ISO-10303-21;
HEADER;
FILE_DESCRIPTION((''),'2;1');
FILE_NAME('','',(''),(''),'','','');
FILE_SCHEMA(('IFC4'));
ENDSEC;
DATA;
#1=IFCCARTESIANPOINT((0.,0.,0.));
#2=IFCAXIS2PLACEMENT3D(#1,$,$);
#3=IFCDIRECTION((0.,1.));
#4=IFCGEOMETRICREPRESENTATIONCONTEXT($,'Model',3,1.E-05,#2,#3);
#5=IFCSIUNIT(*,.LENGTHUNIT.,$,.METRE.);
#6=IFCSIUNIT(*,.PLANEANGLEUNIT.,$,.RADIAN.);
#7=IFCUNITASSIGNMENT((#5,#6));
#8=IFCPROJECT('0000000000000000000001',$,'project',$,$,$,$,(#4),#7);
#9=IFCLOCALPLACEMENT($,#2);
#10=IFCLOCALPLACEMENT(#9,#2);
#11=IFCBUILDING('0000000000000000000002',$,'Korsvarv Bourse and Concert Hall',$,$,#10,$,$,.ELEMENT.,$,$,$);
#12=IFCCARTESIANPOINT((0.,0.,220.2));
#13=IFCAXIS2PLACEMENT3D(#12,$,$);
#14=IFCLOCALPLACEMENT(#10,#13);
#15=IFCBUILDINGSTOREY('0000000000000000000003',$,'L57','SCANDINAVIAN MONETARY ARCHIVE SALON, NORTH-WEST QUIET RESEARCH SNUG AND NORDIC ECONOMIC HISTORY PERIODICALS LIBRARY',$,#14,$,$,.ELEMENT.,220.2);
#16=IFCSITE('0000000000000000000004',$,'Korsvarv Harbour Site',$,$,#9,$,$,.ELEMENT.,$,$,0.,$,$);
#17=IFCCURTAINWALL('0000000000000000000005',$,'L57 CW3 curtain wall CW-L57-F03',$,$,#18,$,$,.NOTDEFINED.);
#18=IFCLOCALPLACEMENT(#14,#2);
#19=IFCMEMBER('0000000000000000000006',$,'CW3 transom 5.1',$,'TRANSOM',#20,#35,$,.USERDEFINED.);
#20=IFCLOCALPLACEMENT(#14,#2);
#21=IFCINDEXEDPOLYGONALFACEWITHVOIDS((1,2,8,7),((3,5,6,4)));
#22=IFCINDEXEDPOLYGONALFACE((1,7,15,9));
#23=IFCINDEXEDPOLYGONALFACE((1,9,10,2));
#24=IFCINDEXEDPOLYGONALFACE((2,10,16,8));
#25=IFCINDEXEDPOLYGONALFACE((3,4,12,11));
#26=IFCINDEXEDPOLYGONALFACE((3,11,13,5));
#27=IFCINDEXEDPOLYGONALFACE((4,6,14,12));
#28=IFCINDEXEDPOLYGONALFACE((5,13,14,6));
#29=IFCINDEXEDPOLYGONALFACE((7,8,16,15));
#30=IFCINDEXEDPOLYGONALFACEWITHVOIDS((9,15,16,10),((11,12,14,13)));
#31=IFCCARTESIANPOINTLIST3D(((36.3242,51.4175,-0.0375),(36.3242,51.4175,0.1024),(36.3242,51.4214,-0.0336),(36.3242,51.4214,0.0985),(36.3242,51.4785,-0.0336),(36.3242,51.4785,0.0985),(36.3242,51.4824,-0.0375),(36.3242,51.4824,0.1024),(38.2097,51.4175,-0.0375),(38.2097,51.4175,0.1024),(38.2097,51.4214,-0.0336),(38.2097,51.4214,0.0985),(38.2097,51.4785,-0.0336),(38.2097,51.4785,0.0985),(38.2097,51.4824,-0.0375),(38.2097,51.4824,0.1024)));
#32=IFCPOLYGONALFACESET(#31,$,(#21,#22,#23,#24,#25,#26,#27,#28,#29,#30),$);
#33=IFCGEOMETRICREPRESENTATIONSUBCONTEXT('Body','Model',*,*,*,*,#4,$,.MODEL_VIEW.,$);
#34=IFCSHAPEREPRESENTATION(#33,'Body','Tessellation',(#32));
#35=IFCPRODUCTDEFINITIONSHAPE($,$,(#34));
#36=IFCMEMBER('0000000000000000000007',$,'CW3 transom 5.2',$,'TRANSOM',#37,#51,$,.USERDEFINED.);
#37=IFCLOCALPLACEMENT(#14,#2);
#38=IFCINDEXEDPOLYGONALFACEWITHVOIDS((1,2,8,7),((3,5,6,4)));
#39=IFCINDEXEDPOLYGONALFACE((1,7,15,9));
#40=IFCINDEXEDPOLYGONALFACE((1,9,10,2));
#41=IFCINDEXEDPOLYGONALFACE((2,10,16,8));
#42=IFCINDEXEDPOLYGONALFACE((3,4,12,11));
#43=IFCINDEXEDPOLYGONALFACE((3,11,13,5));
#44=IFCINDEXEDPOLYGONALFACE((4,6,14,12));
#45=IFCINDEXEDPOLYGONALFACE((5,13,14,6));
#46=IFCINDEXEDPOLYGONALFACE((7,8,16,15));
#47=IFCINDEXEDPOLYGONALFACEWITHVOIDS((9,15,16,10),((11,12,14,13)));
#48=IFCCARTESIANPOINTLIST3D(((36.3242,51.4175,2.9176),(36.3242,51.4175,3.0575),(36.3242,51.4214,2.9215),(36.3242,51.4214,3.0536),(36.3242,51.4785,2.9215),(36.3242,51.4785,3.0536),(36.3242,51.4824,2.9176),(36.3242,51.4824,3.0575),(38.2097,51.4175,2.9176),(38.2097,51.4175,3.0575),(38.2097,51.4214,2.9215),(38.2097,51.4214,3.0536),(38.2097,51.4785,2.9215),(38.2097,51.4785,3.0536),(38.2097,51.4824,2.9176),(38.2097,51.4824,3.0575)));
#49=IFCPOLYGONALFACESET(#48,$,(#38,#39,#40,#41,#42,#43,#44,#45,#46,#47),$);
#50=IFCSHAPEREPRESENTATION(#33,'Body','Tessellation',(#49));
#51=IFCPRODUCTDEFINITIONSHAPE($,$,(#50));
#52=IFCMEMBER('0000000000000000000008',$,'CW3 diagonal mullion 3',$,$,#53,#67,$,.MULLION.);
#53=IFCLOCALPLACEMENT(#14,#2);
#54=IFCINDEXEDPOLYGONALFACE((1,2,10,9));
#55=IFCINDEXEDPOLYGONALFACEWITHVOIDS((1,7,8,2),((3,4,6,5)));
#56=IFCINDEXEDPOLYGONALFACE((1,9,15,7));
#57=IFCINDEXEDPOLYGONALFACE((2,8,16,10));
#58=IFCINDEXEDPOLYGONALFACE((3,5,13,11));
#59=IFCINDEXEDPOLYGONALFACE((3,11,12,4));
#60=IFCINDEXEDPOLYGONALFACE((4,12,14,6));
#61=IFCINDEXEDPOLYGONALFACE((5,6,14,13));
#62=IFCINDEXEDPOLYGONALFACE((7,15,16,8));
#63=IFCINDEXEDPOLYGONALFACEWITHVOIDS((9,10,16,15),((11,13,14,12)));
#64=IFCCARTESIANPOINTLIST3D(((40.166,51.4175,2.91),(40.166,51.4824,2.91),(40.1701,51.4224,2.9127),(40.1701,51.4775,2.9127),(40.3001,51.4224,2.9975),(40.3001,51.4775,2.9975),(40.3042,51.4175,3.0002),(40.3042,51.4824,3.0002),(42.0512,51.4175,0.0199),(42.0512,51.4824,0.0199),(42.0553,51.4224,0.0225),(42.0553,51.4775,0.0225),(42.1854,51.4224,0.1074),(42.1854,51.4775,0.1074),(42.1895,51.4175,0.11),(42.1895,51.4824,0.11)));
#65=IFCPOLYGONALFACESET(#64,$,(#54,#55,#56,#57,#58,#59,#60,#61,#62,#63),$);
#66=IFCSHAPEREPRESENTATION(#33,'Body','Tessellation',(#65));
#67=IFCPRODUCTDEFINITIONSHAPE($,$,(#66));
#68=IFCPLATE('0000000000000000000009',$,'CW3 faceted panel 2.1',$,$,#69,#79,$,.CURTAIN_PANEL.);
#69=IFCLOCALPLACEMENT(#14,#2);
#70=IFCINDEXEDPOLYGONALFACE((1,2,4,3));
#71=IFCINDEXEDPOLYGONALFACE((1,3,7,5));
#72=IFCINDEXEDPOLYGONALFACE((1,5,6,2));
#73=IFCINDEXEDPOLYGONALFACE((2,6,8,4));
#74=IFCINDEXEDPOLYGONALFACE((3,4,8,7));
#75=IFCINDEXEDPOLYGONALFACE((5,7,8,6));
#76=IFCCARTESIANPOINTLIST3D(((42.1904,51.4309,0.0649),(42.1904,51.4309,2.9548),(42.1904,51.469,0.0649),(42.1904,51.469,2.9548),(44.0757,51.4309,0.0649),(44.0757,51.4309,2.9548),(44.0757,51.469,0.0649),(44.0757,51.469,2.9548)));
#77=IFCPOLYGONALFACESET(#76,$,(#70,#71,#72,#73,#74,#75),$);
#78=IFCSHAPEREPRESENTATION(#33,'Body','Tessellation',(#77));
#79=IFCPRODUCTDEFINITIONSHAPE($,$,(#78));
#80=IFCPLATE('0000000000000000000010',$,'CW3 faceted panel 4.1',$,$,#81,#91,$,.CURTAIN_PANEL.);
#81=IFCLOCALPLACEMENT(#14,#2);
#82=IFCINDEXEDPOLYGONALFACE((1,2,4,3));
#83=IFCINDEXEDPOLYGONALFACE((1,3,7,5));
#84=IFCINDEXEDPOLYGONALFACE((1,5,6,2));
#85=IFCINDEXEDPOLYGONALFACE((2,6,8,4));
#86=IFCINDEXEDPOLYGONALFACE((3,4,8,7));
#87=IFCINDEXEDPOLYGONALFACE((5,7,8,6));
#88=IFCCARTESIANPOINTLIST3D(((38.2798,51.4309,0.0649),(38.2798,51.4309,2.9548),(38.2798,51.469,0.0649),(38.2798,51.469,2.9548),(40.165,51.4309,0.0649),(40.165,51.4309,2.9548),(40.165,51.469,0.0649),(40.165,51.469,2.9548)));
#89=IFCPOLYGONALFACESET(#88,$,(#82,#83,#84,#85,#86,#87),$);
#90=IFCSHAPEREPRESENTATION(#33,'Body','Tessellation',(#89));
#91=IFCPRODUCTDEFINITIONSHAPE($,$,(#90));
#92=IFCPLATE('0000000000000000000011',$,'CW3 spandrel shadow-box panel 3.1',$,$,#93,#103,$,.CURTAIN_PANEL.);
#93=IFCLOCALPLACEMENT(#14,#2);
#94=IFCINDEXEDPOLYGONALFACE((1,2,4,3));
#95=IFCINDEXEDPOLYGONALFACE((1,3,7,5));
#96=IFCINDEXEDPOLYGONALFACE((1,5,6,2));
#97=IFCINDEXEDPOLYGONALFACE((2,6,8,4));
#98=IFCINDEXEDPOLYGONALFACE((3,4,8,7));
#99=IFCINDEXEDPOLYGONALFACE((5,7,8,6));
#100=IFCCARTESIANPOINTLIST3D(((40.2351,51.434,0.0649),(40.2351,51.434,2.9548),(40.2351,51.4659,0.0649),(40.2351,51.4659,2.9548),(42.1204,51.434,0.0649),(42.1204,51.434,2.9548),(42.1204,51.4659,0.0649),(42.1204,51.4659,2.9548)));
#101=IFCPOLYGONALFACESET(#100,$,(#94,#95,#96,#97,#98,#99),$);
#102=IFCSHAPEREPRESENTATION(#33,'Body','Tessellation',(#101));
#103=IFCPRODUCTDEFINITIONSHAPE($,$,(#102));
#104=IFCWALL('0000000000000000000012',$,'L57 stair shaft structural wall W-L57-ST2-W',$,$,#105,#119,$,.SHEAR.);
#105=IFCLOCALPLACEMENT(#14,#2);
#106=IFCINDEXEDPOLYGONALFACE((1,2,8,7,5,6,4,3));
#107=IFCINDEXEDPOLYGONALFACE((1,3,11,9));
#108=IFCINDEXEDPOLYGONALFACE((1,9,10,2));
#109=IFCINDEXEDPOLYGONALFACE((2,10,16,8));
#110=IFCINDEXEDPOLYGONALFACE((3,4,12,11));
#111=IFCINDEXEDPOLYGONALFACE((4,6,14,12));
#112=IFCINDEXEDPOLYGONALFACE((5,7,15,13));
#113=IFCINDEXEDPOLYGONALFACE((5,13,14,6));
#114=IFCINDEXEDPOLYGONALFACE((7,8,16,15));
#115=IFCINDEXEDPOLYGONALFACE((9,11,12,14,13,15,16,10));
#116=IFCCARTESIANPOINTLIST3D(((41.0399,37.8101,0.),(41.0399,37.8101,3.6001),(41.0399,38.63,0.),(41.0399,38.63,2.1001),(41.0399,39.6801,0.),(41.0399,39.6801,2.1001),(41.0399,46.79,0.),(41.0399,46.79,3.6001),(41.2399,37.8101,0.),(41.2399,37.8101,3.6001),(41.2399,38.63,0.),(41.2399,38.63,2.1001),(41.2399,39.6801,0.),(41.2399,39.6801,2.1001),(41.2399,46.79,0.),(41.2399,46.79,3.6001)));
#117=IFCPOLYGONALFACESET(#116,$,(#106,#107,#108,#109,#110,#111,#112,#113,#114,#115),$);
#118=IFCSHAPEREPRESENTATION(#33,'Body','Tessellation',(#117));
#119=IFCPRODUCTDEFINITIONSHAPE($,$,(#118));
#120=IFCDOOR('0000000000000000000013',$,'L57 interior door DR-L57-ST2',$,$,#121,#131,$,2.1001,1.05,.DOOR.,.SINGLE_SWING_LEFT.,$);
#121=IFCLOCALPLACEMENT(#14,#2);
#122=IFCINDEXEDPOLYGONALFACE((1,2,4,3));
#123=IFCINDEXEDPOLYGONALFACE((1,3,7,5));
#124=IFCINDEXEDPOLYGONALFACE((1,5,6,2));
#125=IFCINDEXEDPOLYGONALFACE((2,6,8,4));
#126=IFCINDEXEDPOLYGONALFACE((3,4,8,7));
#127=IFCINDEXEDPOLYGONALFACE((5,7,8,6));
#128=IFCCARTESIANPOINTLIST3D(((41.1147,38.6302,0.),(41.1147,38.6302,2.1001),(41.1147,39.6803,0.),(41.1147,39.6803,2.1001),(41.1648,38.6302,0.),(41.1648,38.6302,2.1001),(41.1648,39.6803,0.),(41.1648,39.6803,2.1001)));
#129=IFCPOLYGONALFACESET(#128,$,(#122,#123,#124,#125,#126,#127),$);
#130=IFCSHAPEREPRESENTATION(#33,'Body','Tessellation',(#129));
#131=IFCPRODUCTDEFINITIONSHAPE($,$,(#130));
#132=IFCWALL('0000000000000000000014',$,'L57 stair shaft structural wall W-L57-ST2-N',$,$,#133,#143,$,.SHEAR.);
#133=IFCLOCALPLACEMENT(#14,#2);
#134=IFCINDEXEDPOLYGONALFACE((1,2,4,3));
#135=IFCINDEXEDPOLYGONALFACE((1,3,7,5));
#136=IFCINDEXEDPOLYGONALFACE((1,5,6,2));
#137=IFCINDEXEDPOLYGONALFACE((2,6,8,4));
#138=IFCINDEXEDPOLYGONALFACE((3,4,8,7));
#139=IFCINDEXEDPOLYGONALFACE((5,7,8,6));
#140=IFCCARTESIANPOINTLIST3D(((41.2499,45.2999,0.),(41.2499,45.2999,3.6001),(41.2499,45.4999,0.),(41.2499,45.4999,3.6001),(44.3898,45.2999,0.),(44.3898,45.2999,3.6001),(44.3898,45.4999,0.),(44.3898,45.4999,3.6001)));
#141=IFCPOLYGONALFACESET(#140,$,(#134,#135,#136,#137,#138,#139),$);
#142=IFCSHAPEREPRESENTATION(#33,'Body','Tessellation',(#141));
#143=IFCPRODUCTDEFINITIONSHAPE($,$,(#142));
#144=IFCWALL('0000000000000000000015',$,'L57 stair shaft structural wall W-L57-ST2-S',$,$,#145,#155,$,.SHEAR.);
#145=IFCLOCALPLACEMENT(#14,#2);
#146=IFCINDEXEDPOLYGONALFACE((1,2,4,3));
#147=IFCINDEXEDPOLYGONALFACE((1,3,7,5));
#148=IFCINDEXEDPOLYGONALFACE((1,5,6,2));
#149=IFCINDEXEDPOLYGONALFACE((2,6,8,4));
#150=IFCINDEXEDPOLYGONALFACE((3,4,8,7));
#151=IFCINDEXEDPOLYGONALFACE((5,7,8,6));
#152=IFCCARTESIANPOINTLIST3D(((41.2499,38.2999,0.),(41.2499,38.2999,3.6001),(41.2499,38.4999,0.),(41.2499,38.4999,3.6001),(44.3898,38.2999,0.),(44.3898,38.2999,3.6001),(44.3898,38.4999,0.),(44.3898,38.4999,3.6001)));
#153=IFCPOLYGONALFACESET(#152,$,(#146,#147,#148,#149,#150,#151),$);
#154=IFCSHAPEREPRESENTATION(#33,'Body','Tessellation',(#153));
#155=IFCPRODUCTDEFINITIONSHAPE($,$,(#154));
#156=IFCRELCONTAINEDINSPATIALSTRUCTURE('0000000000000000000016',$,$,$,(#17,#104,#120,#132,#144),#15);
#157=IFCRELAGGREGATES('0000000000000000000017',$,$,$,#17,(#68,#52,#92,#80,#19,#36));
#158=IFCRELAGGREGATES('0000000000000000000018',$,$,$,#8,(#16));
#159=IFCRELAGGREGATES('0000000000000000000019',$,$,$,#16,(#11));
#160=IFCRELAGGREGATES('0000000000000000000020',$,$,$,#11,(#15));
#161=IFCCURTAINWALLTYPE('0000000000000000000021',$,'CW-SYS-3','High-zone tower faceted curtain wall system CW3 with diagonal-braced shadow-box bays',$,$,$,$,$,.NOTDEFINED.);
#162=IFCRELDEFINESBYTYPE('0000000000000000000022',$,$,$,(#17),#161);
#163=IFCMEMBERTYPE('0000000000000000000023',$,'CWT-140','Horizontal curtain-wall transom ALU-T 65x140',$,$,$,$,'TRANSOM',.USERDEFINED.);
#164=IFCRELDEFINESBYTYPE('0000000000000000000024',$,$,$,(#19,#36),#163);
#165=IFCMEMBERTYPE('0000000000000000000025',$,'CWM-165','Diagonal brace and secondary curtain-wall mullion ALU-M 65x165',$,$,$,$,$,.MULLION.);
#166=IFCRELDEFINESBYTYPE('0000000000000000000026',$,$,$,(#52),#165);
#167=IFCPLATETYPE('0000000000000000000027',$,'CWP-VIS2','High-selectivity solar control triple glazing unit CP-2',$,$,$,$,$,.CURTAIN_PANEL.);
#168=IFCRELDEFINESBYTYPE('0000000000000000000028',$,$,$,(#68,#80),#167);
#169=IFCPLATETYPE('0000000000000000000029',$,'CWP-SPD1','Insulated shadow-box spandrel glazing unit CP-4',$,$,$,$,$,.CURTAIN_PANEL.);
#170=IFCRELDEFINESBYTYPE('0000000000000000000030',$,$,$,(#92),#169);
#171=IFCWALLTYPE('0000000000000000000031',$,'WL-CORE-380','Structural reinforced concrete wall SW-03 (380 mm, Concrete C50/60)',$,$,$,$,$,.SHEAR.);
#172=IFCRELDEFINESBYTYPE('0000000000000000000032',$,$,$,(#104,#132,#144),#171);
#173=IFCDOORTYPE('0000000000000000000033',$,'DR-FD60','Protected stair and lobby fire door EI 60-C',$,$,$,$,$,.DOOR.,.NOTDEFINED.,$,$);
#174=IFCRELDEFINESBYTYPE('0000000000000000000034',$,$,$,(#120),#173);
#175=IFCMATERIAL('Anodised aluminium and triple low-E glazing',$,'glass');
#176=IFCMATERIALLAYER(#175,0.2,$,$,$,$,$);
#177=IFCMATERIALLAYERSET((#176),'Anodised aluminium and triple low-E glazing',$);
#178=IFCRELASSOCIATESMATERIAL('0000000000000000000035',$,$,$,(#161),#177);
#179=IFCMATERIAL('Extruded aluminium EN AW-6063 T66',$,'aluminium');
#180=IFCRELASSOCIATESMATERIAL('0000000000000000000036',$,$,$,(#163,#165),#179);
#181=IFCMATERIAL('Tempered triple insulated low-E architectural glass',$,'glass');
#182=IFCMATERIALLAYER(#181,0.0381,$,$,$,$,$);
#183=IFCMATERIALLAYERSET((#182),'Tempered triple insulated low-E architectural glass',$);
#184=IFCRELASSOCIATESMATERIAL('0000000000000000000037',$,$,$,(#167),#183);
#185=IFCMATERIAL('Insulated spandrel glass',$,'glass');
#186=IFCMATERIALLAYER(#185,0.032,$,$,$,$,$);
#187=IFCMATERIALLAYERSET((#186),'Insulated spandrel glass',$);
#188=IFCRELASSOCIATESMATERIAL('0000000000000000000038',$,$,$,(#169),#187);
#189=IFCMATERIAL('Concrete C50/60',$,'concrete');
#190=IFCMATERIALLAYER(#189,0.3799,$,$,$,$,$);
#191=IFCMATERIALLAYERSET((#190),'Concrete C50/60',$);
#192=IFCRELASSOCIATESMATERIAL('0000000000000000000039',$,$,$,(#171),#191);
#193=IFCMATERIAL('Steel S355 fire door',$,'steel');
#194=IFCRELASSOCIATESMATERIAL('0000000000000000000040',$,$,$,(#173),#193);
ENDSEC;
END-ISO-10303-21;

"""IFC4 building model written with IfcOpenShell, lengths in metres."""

from ifc_helpers import new_model, si_unit, direction, frame, frame_2d, origin, origin_2d, place, context, subcontext, project, spatial, rectangle, hollow_rectangle, extrude, source, transform, mapped, material, layer, layer_set, material_profile, profile_set, type_object, element, fill, aggregate, save


model = new_model("IFC4")

# Units and contexts
model_context = context("Model", 3, precision=1e-05, world=origin(), true_north=direction((0.0, 1.0)))
body_context = subcontext(model_context, "Body", "Model", "MODEL_VIEW")
ifc_project = project(units=[si_unit("LENGTHUNIT", "METRE"), si_unit("PLANEANGLEUNIT", "RADIAN")], contexts=[model_context])

# Site, building, storey
site_placement = place(None, origin())
site = spatial("IfcSite", under=ifc_project, at=site_placement, Name="Korsvarv Harbour Site", CompositionType="ELEMENT", RefElevation=0.0)
building_placement = place(site_placement, origin())
building = spatial("IfcBuilding", under=site, at=building_placement, Name="Korsvarv Bourse and Concert Hall", CompositionType="ELEMENT")
storey_placement = place(building_placement, frame((0.0, 0.0, 220.2)))
storey = spatial("IfcBuildingStorey", under=building, at=storey_placement, Name="L57", Description="SCANDINAVIAN MONETARY ARCHIVE SALON, NORTH-WEST QUIET RESEARCH SNUG AND NORDIC ECONOMIC HISTORY PERIODICALS LIBRARY", CompositionType="ELEMENT", Elevation=220.2)

# Curtain wall, members, plates
ifc_material_1 = material(Name="Anodised aluminium and triple low-E glazing", Category="glass")
ifc_layer_1 = layer(ifc_material_1, 0.2)
ifc_layer_set_1 = layer_set([ifc_layer_1], Name="Anodised aluminium and triple low-E glazing")
curtain_wall_type = type_object("IfcCurtainWallType", Name="CW-SYS-3", Description="High-zone tower faceted curtain wall system CW3 with diagonal-braced shadow-box bays", PredefinedType="NOTDEFINED", material=ifc_layer_set_1)
curtain_wall_placement = place(storey_placement, origin())
curtain_wall = element("IfcCurtainWall", 1, at=curtain_wall_placement, inside=storey, type_object=curtain_wall_type, Name="L57 CW3 curtain wall CW-L57-F03", PredefinedType="NOTDEFINED")
ifc_material_2 = material(Name="Extruded aluminium EN AW-6063 T66", Category="aluminium")
ifc_material_profile_1 = material_profile(ifc_material_2, hollow_rectangle(XDim=0.0649, YDim=0.1399, WallThickness=0.0039, at=origin_2d()), Name="ALU-T 65x140")
ifc_profile_set_1 = profile_set([ifc_material_profile_1], Name="Extruded aluminium EN AW-6063 T66")
member_type_1 = type_object("IfcMemberType", Name="CWT-140", Description="Horizontal curtain-wall transom ALU-T 65x140", ElementType="TRANSOM", PredefinedType="USERDEFINED", material=ifc_profile_set_1)
shared_shape_1 = source(origin(), body_context, "Body", "SweptSolid", [
    extrude(hollow_rectangle(XDim=0.0649, YDim=0.1399, WallThickness=0.0039, at=origin_2d()), origin(), (0.0, 0.0, 1.0), 1.8855),
])
member_1_placement = place(storey_placement, frame((38.2097, 51.45, 0.0325), z_axis=(-1.0, 0.0, 0.0), x_axis=(0.0, -1.0, 0.0)))
member_1 = element("IfcMember", 2, at=member_1_placement, type_object=member_type_1, Name="CW3 transom 5.1", ObjectType="TRANSOM", PredefinedType="USERDEFINED", context=body_context, shape_type="MappedRepresentation", body=[
    mapped(shared_shape_1, transform((0.0, 0.0, 0.0), scale=1.0)),
])
member_2_placement = place(storey_placement, frame((38.2097, 51.45, 2.9875), z_axis=(-1.0, 0.0, 0.0), x_axis=(0.0, -1.0, 0.0)))
member_2 = element("IfcMember", 3, at=member_2_placement, type_object=member_type_1, Name="CW3 transom 5.2", ObjectType="TRANSOM", PredefinedType="USERDEFINED", context=body_context, shape_type="MappedRepresentation", body=[
    mapped(shared_shape_1, transform((0.0, 0.0, 0.0), scale=1.0)),
])
ifc_material_profile_2 = material_profile(ifc_material_2, hollow_rectangle(XDim=0.0649, YDim=0.165, WallThickness=0.0049, at=origin_2d()), Name="ALU-M 65x165")
ifc_profile_set_2 = profile_set([ifc_material_profile_2], Name="Extruded aluminium EN AW-6063 T66")
member_type_2 = type_object("IfcMemberType", Name="CWM-165", Description="Diagonal brace and secondary curtain-wall mullion ALU-M 65x165", PredefinedType="MULLION", material=ifc_profile_set_2)
shared_shape_2 = source(origin(), body_context, "Body", "SweptSolid", [
    extrude(hollow_rectangle(XDim=0.0649, YDim=0.165, WallThickness=0.0049, at=origin_2d()), origin(), (0.0, 0.0, 1.0), 3.4507),
])
member_3_placement = place(storey_placement, frame((42.1204, 51.45, 0.0649), z_axis=(-0.546345, 0.0, 0.83756), x_axis=(0.0, -1.0, 0.0)))
member_3 = element("IfcMember", 4, at=member_3_placement, type_object=member_type_2, Name="CW3 diagonal mullion 3", PredefinedType="MULLION", context=body_context, shape_type="MappedRepresentation", body=[
    mapped(shared_shape_2, transform((0.0, 0.0, 0.0), scale=1.0)),
])
ifc_material_3 = material(Name="Tempered triple insulated low-E architectural glass", Category="glass")
ifc_layer_2 = layer(ifc_material_3, 0.0381)
ifc_layer_set_2 = layer_set([ifc_layer_2], Name="Tempered triple insulated low-E architectural glass")
plate_type_1 = type_object("IfcPlateType", Name="CWP-VIS2", Description="High-selectivity solar control triple glazing unit CP-2", PredefinedType="CURTAIN_PANEL", material=ifc_layer_set_2)
shared_shape_3 = source(origin(), body_context, "Body", "SweptSolid", [
    extrude(rectangle(XDim=1.8853, YDim=0.0381, at=origin_2d()), origin(), (0.0, 0.0, 1.0), 2.8899),
])
plate_1_placement = place(storey_placement, frame((43.1331, 51.45, 0.0649), z_axis=(0.0, 0.0, 1.0), x_axis=(-1.0, 0.0, 0.0)))
plate_1 = element("IfcPlate", 5, at=plate_1_placement, type_object=plate_type_1, Name="CW3 faceted panel 2.1", PredefinedType="CURTAIN_PANEL", context=body_context, shape_type="MappedRepresentation", body=[
    mapped(shared_shape_3, transform((0.0, 0.0, 0.0), scale=1.0)),
])
plate_2_placement = place(storey_placement, frame((39.2224, 51.45, 0.0649), z_axis=(0.0, 0.0, 1.0), x_axis=(-1.0, 0.0, 0.0)))
plate_2 = element("IfcPlate", 6, at=plate_2_placement, type_object=plate_type_1, Name="CW3 faceted panel 4.1", PredefinedType="CURTAIN_PANEL", context=body_context, shape_type="MappedRepresentation", body=[
    mapped(shared_shape_3, transform((0.0, 0.0, 0.0), scale=1.0)),
])
ifc_material_4 = material(Name="Insulated spandrel glass", Category="glass")
ifc_layer_3 = layer(ifc_material_4, 0.032)
ifc_layer_set_3 = layer_set([ifc_layer_3], Name="Insulated spandrel glass")
plate_type_2 = type_object("IfcPlateType", Name="CWP-SPD1", Description="Insulated shadow-box spandrel glazing unit CP-4", PredefinedType="CURTAIN_PANEL", material=ifc_layer_set_3)
shared_shape_4 = source(origin(), body_context, "Body", "SweptSolid", [
    extrude(rectangle(XDim=1.8853, YDim=0.032, at=origin_2d()), origin(), (0.0, 0.0, 1.0), 2.8899),
])
plate_3_placement = place(storey_placement, frame((41.1777, 51.45, 0.0649), z_axis=(0.0, 0.0, 1.0), x_axis=(-1.0, 0.0, 0.0)))
plate_3 = element("IfcPlate", 7, at=plate_3_placement, type_object=plate_type_2, Name="CW3 spandrel shadow-box panel 3.1", PredefinedType="CURTAIN_PANEL", context=body_context, shape_type="MappedRepresentation", body=[
    mapped(shared_shape_4, transform((0.0, 0.0, 0.0), scale=1.0)),
])
aggregate(curtain_wall, [plate_1, member_3, plate_3, plate_2, member_1, member_2])

# Wall, opening, door
ifc_material_5 = material(Name="Concrete C50/60", Category="concrete")
ifc_layer_4 = layer(ifc_material_5, 0.3799)
ifc_layer_set_4 = layer_set([ifc_layer_4], Name="Concrete C50/60")
wall_type_1 = type_object("IfcWallType", Name="WL-CORE-380", Description="Structural reinforced concrete wall SW-03 (380 mm, Concrete C50/60)", PredefinedType="SHEAR", material=ifc_layer_set_4)
wall_1_placement = place(storey_placement, frame((41.1399, 37.8101, 0.0), z_axis=(0.0, 0.0, 1.0), x_axis=(0.0, 1.0, 0.0)))
wall_1 = element("IfcWall", 8, at=wall_1_placement, inside=storey, type_object=wall_type_1, Name="L57 stair shaft structural wall W-L57-ST2-W", PredefinedType="SHEAR", context=body_context, shape_type="SweptSolid", body=[
    extrude(rectangle(XDim=8.98, YDim=0.2, at=frame_2d((4.49, 0.0))), origin(), (0.0, 0.0, 1.0), 3.6001),
])
opening_1_placement = place(wall_1_placement, frame((0.8201, 0.0, 0.0)))
opening_1 = element("IfcOpeningElement", 9, at=opening_1_placement, cuts=wall_1, PredefinedType="OPENING", context=body_context, shape_type="SweptSolid", body=[
    extrude(rectangle(XDim=1.05, YDim=2.1001, at=frame_2d((0.5249, 1.05))), frame((0.0, 0.1099, 0.0), z_axis=(0.0, -1.0, 0.0), x_axis=(1.0, 0.0, 0.0)), (0.0, 0.0, 1.0), 0.22),
])
ifc_material_6 = material(Name="Steel S355 fire door", Category="steel")
door_type_1 = type_object("IfcDoorType", Name="DR-FD60", Description="Protected stair and lobby fire door EI 60-C", OperationType="NOTDEFINED", PredefinedType="DOOR", material=ifc_material_6)
door_1_placement = place(opening_1_placement, frame((1.05, 0.0, 0.0), z_axis=(0.0, 0.0, 1.0), x_axis=(-1.0, 0.0, 0.0)))
door_1 = element("IfcDoor", 10, at=door_1_placement, inside=storey, type_object=door_type_1, Name="L57 interior door DR-L57-ST2", OperationType="SINGLE_SWING_LEFT", OverallHeight=2.1001, OverallWidth=1.05, PredefinedType="DOOR", context=body_context, shape_type="SweptSolid", body=[
    extrude(rectangle(XDim=1.05, YDim=2.1001, at=frame_2d((0.5249, 1.05))), frame((0.0, 0.0249, 0.0), z_axis=(0.0, -1.0, 0.0), x_axis=(1.0, 0.0, 0.0)), (0.0, 0.0, 1.0), 0.05),
])
fill(opening_1, door_1)

# Walls
for number, where, z_axis, x_axis, name in (
    (11, (41.25, 45.3999, 0.0), (0.0, 0.0, 1.0), (1.0, 0.0, 0.0), "L57 stair shaft structural wall W-L57-ST2-N"),
    (12, (41.25, 38.3999, 0.0), (0.0, 0.0, 1.0), (1.0, 0.0, 0.0), "L57 stair shaft structural wall W-L57-ST2-S"),
):
    element("IfcWall", number, at=place(storey_placement, frame(where, z_axis=z_axis, x_axis=x_axis)), inside=storey, type_object=wall_type_1, Name=name, PredefinedType="SHEAR", context=body_context, shape_type="SweptSolid", body=[
        extrude(rectangle(XDim=3.1399, YDim=0.2, at=frame_2d((1.5698, 0.0))), origin(), (0.0, 0.0, 1.0), 3.6001),
    ])

save(model, "model.ifc")
